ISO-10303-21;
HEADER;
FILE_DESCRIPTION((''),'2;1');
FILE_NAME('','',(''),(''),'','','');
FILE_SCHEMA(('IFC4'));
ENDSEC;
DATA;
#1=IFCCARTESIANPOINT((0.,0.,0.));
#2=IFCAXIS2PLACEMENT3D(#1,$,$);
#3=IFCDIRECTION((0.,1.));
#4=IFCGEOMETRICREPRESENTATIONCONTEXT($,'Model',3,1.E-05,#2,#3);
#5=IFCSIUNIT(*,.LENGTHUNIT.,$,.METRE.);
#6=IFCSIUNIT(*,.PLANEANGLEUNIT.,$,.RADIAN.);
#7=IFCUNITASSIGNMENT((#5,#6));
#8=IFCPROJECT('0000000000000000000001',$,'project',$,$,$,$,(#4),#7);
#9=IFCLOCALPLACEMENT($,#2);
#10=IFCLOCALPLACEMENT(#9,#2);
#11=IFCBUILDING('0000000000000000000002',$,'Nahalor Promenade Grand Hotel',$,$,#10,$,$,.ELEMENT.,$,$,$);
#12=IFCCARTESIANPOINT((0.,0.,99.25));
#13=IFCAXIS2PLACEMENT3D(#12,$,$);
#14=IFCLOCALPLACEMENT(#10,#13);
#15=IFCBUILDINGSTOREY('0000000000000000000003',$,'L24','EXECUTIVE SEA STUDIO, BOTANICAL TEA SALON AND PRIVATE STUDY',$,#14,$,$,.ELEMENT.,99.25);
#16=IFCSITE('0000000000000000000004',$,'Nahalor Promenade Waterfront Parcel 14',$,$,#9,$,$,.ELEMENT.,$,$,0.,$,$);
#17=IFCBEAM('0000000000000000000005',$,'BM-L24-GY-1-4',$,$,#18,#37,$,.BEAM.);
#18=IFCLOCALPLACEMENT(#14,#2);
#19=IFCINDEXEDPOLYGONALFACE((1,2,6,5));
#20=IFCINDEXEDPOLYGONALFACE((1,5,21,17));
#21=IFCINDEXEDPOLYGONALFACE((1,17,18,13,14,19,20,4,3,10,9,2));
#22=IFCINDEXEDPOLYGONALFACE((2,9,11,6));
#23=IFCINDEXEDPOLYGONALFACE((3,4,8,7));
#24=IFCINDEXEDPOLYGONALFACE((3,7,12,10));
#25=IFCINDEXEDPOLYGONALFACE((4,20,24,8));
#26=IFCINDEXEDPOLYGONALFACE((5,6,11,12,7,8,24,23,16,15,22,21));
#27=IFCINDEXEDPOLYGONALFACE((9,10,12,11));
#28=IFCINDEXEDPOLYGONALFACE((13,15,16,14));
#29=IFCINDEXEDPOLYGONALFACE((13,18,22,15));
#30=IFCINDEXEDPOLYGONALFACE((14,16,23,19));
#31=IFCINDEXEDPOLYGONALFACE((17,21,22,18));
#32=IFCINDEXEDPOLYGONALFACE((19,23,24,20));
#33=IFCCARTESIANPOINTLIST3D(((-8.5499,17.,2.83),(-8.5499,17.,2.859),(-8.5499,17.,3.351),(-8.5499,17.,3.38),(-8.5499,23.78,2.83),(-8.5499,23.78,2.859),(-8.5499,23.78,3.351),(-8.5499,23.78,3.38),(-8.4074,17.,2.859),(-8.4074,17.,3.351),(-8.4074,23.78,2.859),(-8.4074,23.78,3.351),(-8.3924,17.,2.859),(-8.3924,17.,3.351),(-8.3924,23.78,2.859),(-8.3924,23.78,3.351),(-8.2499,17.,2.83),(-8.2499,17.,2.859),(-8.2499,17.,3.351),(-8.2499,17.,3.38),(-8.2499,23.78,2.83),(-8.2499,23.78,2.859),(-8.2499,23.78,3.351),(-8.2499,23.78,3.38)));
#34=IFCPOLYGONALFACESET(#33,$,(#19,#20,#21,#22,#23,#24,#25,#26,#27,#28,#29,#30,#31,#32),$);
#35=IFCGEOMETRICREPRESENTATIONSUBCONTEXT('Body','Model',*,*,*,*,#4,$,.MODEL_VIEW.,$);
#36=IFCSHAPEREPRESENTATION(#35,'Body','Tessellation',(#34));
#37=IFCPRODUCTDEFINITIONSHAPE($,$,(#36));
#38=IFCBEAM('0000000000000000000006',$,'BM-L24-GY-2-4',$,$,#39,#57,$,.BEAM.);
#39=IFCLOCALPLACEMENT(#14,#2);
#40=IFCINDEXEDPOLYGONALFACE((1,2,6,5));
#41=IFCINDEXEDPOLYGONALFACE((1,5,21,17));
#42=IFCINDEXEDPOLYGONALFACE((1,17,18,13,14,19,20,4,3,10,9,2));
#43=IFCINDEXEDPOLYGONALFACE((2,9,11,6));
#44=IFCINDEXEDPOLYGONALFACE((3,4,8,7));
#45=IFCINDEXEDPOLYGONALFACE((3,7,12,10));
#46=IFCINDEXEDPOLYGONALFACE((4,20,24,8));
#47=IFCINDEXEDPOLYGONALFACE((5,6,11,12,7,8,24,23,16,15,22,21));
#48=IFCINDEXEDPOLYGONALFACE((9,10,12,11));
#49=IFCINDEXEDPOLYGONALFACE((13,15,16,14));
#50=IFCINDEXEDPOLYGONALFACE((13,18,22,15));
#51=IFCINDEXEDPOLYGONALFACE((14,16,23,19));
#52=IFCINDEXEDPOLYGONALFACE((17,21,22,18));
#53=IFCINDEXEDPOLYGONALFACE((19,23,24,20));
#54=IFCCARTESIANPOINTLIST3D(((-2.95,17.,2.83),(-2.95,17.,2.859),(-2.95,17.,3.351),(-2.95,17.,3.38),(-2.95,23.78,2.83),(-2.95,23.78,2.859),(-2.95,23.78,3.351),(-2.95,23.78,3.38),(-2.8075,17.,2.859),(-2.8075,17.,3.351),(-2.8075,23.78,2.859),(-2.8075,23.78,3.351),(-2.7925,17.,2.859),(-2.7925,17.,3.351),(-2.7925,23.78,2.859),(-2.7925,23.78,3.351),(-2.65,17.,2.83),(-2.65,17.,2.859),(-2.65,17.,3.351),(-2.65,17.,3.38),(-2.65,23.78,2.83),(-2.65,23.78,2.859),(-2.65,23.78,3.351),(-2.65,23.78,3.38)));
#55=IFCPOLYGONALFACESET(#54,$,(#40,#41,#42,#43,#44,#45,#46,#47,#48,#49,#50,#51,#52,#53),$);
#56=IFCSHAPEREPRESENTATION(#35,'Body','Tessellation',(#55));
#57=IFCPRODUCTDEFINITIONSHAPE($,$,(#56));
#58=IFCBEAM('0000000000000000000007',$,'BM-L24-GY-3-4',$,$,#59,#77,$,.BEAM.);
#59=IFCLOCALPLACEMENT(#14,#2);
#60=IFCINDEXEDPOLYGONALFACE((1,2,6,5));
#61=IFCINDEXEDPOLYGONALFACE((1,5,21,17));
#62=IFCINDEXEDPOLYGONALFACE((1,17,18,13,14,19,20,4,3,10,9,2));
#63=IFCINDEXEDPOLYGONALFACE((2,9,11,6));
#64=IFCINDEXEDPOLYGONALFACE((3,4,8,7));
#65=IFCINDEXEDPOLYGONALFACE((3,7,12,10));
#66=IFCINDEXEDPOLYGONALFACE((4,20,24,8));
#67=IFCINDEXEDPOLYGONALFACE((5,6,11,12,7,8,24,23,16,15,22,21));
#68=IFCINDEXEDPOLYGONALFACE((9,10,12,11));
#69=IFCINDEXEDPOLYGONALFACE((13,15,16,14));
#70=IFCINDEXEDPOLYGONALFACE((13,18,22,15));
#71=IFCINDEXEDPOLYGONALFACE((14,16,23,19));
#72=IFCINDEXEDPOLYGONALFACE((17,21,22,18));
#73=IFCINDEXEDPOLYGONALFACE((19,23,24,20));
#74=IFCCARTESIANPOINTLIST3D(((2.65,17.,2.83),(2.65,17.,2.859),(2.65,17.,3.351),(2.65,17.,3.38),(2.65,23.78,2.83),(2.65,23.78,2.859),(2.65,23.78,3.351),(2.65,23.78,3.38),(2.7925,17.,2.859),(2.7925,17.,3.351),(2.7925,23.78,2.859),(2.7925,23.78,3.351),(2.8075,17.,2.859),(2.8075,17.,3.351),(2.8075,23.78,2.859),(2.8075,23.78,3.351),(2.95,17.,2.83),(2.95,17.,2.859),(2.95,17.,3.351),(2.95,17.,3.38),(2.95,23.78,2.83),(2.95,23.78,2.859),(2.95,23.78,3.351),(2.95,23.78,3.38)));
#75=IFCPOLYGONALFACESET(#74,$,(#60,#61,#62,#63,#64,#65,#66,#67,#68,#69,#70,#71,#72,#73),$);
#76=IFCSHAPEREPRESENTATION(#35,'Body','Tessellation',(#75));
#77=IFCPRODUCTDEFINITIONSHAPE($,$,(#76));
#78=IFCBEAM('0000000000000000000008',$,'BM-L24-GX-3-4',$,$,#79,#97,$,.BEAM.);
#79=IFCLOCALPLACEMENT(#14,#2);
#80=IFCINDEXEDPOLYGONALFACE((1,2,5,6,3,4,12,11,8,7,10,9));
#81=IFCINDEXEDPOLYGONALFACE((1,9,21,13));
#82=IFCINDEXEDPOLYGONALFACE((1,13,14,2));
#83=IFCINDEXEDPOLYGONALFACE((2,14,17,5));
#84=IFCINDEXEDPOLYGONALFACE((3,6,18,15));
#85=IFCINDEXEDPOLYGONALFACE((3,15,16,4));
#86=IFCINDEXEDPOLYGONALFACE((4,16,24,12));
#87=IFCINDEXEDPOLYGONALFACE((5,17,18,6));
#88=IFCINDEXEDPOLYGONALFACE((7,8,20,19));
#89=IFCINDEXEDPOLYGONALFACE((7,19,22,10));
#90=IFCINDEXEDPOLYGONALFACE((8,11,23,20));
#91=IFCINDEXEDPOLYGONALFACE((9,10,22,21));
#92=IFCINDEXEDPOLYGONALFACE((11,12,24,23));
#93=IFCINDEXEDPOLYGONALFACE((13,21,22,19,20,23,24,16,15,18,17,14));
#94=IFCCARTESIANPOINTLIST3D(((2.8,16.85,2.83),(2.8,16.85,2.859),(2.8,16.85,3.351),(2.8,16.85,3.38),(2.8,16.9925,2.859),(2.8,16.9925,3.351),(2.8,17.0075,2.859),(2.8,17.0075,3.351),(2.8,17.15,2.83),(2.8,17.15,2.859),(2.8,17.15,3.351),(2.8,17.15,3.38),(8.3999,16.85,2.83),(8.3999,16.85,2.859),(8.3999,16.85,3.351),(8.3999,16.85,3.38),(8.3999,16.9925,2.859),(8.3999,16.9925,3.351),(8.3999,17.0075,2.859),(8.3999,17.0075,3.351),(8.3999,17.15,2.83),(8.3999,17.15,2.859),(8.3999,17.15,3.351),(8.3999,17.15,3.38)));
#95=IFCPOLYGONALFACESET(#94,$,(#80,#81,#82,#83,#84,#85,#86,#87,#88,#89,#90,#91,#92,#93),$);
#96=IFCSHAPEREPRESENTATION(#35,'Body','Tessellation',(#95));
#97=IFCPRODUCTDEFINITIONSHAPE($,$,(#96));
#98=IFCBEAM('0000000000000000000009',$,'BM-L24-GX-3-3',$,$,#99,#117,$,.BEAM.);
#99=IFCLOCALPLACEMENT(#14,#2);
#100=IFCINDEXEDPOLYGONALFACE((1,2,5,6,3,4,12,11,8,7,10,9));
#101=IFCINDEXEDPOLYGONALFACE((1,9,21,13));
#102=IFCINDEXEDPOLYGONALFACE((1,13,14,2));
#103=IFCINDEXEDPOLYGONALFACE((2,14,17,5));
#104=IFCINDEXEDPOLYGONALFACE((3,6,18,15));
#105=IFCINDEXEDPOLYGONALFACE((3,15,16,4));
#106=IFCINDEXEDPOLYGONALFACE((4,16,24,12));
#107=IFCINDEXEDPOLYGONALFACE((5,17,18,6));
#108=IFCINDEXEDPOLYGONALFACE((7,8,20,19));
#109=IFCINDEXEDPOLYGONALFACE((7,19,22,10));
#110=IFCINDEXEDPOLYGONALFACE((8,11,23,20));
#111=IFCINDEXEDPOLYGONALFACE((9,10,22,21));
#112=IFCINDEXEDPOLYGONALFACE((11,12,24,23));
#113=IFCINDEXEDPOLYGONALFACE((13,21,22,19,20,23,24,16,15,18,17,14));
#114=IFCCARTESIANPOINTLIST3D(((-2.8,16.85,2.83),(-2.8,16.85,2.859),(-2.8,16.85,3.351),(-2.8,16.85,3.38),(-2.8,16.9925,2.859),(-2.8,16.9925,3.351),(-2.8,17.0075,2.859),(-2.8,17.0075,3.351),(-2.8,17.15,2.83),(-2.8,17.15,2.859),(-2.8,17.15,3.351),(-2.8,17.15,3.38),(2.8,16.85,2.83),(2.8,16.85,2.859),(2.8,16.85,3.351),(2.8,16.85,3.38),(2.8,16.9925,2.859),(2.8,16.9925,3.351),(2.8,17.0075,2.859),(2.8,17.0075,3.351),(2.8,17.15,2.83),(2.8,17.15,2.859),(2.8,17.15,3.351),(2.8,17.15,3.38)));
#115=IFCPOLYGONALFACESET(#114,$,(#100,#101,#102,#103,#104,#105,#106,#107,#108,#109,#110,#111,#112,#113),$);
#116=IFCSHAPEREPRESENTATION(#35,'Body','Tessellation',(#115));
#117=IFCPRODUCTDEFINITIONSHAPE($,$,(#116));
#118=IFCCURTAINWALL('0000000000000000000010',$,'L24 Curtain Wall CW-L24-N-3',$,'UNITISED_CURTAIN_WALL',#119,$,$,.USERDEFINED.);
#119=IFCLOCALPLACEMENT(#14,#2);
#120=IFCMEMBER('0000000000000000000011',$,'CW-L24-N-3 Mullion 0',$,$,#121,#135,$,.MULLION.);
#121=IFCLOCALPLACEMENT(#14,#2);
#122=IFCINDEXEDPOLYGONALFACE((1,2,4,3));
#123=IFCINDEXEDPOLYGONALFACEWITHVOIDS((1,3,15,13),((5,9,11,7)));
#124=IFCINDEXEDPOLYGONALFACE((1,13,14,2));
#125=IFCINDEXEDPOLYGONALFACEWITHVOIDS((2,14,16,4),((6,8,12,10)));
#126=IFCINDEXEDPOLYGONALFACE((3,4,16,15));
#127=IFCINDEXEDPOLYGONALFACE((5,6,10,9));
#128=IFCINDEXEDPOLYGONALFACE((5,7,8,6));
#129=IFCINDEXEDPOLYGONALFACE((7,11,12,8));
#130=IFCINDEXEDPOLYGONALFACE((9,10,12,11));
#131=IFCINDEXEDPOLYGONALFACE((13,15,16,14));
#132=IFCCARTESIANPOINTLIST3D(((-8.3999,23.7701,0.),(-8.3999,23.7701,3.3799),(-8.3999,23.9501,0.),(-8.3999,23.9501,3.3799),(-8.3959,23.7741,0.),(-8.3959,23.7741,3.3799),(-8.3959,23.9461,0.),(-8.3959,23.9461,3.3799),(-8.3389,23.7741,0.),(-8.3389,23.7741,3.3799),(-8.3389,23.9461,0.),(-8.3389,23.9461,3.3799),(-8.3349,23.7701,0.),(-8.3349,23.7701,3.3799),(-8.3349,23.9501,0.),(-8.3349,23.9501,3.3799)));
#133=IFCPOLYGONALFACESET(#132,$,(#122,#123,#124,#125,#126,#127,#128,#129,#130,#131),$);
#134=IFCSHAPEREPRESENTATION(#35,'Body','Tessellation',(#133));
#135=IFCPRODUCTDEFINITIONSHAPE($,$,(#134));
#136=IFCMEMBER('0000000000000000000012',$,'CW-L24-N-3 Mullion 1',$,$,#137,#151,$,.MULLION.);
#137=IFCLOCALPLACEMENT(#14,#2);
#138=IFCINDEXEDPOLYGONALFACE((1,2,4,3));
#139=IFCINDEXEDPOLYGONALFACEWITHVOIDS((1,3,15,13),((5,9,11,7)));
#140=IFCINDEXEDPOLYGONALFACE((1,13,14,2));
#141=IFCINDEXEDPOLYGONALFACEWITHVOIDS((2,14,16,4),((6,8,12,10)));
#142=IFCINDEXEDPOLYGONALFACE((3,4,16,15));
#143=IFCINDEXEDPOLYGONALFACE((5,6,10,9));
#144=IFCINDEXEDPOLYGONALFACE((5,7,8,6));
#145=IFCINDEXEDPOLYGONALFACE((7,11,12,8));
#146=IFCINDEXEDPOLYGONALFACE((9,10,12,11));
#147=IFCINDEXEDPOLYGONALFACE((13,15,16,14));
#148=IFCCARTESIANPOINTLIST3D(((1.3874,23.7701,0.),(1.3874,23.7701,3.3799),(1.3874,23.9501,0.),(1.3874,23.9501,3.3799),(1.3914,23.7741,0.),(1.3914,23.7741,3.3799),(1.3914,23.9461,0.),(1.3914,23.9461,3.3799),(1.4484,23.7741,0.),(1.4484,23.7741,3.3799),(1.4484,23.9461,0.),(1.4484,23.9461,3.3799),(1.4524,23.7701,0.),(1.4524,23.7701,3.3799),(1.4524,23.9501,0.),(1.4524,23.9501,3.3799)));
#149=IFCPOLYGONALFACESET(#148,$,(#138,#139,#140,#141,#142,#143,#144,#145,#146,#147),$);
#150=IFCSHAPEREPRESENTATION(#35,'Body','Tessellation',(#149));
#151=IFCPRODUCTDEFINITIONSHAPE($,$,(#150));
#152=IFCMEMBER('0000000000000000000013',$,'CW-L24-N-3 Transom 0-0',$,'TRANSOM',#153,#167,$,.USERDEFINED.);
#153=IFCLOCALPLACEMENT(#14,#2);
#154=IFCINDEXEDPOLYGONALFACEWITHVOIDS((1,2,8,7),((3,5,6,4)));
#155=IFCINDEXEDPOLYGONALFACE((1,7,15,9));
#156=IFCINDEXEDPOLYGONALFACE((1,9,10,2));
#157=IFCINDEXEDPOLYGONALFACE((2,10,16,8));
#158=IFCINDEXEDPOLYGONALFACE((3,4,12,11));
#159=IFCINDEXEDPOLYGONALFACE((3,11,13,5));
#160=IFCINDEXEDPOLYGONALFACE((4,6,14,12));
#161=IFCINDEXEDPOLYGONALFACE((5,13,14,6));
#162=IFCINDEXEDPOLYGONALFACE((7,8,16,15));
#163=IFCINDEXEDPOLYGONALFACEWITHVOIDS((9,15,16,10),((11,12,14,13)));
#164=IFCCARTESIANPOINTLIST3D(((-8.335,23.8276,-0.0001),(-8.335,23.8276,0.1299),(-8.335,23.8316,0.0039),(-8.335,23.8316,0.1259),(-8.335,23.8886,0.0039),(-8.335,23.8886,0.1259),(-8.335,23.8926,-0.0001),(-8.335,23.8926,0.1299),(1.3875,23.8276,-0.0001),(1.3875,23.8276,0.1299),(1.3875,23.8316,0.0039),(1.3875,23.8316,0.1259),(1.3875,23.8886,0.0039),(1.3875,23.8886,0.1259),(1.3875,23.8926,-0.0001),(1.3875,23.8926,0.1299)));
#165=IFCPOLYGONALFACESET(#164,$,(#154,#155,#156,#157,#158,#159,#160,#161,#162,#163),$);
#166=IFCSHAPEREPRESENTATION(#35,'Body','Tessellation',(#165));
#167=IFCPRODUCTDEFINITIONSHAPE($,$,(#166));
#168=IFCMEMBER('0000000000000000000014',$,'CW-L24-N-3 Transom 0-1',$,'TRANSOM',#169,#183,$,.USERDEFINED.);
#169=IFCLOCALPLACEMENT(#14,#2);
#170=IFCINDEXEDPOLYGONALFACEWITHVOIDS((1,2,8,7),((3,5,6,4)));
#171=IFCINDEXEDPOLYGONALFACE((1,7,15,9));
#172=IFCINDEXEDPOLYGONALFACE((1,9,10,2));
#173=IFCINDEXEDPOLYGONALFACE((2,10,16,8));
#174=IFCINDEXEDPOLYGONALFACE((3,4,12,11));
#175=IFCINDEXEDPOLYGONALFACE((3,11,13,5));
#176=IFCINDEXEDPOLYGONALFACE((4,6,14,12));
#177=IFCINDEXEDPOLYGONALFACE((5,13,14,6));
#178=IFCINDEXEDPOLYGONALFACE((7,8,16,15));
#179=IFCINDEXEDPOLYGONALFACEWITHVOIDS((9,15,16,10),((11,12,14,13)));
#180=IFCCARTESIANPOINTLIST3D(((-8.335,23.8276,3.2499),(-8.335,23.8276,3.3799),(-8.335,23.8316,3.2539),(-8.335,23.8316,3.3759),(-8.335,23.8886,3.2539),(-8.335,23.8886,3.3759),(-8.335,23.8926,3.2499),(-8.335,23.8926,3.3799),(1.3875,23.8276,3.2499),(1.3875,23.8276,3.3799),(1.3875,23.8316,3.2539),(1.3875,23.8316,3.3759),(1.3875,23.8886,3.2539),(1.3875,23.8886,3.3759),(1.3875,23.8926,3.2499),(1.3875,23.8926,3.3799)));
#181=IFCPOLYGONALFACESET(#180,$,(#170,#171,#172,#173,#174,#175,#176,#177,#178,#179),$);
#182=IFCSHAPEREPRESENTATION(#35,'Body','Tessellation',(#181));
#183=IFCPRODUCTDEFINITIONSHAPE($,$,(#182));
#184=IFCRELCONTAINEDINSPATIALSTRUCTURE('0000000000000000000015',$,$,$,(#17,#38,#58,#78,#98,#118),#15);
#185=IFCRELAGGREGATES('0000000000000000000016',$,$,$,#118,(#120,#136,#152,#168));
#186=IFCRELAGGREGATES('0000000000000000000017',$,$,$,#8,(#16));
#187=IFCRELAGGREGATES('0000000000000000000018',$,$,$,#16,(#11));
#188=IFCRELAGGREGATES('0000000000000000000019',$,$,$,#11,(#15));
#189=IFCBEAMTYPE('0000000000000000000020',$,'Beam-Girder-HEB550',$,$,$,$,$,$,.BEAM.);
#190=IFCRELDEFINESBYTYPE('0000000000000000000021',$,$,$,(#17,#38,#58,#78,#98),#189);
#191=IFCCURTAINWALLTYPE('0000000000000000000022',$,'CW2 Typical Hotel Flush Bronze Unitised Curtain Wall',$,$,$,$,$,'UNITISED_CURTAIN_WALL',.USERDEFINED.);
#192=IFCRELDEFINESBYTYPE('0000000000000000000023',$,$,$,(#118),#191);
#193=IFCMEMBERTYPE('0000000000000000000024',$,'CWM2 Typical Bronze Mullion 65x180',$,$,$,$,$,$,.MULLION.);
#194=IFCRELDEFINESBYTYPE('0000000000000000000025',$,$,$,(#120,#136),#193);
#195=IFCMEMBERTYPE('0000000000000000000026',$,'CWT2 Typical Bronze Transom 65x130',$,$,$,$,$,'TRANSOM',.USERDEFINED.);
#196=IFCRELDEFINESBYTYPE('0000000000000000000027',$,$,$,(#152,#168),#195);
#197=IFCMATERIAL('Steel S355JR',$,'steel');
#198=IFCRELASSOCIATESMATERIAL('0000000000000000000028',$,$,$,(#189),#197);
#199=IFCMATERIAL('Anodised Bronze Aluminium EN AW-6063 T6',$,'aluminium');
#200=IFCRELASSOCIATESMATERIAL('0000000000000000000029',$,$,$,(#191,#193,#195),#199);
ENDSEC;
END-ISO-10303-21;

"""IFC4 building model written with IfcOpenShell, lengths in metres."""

from ifc_helpers import new_model, si_unit, direction, frame, origin, origin_2d, place, context, subcontext, project, spatial, hollow_rectangle, i_section, extrude, source, transform, mapped, material, material_profile, profile_set, type_object, element, aggregate, save


model = new_model("IFC4")

# Units and contexts
model_context = context("Model", 3, precision=1e-05, world=origin(), true_north=direction((0.0, 1.0)))
body_context = subcontext(model_context, "Body", "Model", "MODEL_VIEW")
ifc_project = project(units=[si_unit("LENGTHUNIT", "METRE"), si_unit("PLANEANGLEUNIT", "RADIAN")], contexts=[model_context])

# Site, building, storey
site_placement = place(None, origin())
site = spatial("IfcSite", under=ifc_project, at=site_placement, Name="Nahalor Promenade Waterfront Parcel 14", CompositionType="ELEMENT", RefElevation=0.0)
building_placement = place(site_placement, origin())
building = spatial("IfcBuilding", under=site, at=building_placement, Name="Nahalor Promenade Grand Hotel", CompositionType="ELEMENT")
storey_placement = place(building_placement, frame((0.0, 0.0, 99.25)))
storey = spatial("IfcBuildingStorey", under=building, at=storey_placement, Name="L24", Description="EXECUTIVE SEA STUDIO, BOTANICAL TEA SALON AND PRIVATE STUDY", CompositionType="ELEMENT", Elevation=99.25)

# Beams
ifc_material_1 = material(Name="Steel S355JR", Category="steel")
ifc_material_profile_1 = material_profile(ifc_material_1, i_section(OverallWidth=0.3, OverallDepth=0.55, WebThickness=0.015, FlangeThickness=0.029, at=origin_2d()), Name="HEB 550")
ifc_profile_set_1 = profile_set([ifc_material_profile_1], Name="Steel S355JR")
beam_type_1 = type_object("IfcBeamType", Name="Beam-Girder-HEB550", PredefinedType="BEAM", material=ifc_profile_set_1)
shared_shape_1 = source(origin(), body_context, "Body", "SweptSolid", [
    extrude(i_section(OverallWidth=0.3, OverallDepth=0.55, WebThickness=0.015, FlangeThickness=0.029, at=origin_2d()), origin(), (0.0, 0.0, 1.0), 6.78),
])
for number, where, z_axis, x_axis, name in (
    (1, (-8.3999, 17.0, 3.105), (0.0, 1.0, 0.0), (-1.0, 0.0, 0.0), "BM-L24-GY-1-4"),
    (2, (-2.8, 17.0, 3.105), (0.0, 1.0, 0.0), (-1.0, 0.0, 0.0), "BM-L24-GY-2-4"),
    (3, (2.8, 17.0, 3.105), (0.0, 1.0, 0.0), (-1.0, 0.0, 0.0), "BM-L24-GY-3-4"),
):
    element("IfcBeam", number, at=place(storey_placement, frame(where, z_axis=z_axis, x_axis=x_axis)), inside=storey, type_object=beam_type_1, Name=name, PredefinedType="BEAM", context=body_context, shape_type="MappedRepresentation", body=[
        mapped(shared_shape_1, transform((0.0, 0.0, 0.0), scale=1.0)),
    ])
shared_shape_2 = source(origin(), body_context, "Body", "SweptSolid", [
    extrude(i_section(OverallWidth=0.3, OverallDepth=0.55, WebThickness=0.015, FlangeThickness=0.029, at=origin_2d()), origin(), (0.0, 0.0, 1.0), 5.5999),
])
beam_1_placement = place(storey_placement, frame((2.8, 17.0, 3.105), z_axis=(1.0, 0.0, 0.0), x_axis=(0.0, 1.0, 0.0)))
element("IfcBeam", 4, at=beam_1_placement, inside=storey, type_object=beam_type_1, Name="BM-L24-GX-3-4", PredefinedType="BEAM", context=body_context, shape_type="MappedRepresentation", body=[
    mapped(shared_shape_2, transform((0.0, 0.0, 0.0), scale=1.0)),
])
shared_shape_3 = source(origin(), body_context, "Body", "SweptSolid", [
    extrude(i_section(OverallWidth=0.3, OverallDepth=0.55, WebThickness=0.015, FlangeThickness=0.029, at=origin_2d()), origin(), (0.0, 0.0, 1.0), 5.6001),
])
beam_2_placement = place(storey_placement, frame((-2.8, 17.0, 3.105), z_axis=(1.0, 0.0, 0.0), x_axis=(0.0, 1.0, 0.0)))
element("IfcBeam", 5, at=beam_2_placement, inside=storey, type_object=beam_type_1, Name="BM-L24-GX-3-3", PredefinedType="BEAM", context=body_context, shape_type="MappedRepresentation", body=[
    mapped(shared_shape_3, transform((0.0, 0.0, 0.0), scale=1.0)),
])

# Curtain wall, members
ifc_material_2 = material(Name="Anodised Bronze Aluminium EN AW-6063 T6", Category="aluminium")
curtain_wall_type = type_object("IfcCurtainWallType", Name="CW2 Typical Hotel Flush Bronze Unitised Curtain Wall", ElementType="UNITISED_CURTAIN_WALL", PredefinedType="USERDEFINED", material=ifc_material_2)
curtain_wall_placement = place(storey_placement, origin())
curtain_wall = element("IfcCurtainWall", 6, at=curtain_wall_placement, inside=storey, type_object=curtain_wall_type, Name="L24 Curtain Wall CW-L24-N-3", ObjectType="UNITISED_CURTAIN_WALL", PredefinedType="USERDEFINED")
ifc_material_profile_2 = material_profile(ifc_material_2, hollow_rectangle(XDim=0.065, YDim=0.18, WallThickness=0.004, at=origin_2d()), Name="CWM 65x180x4")
ifc_profile_set_2 = profile_set([ifc_material_profile_2], Name="Anodised Bronze Aluminium EN AW-6063 T6")
member_type_1 = type_object("IfcMemberType", Name="CWM2 Typical Bronze Mullion 65x180", PredefinedType="MULLION", material=ifc_profile_set_2)
shared_shape_4 = source(origin(), body_context, "Body", "SweptSolid", [
    extrude(hollow_rectangle(XDim=0.065, YDim=0.18, WallThickness=0.004, at=origin_2d()), origin(), (0.0, 0.0, 1.0), 3.3799),
])
member_1_placement = place(storey_placement, frame((-8.3674, 23.8601, 0.0), z_axis=(0.0, 0.0, 1.0), x_axis=(1.0, 0.0, 0.0)))
member_1 = element("IfcMember", 7, at=member_1_placement, type_object=member_type_1, Name="CW-L24-N-3 Mullion 0", PredefinedType="MULLION", context=body_context, shape_type="MappedRepresentation", body=[
    mapped(shared_shape_4, transform((0.0, 0.0, 0.0), scale=1.0)),
])
member_2_placement = place(storey_placement, frame((1.4199, 23.8601, 0.0), z_axis=(0.0, 0.0, 1.0), x_axis=(1.0, 0.0, 0.0)))
member_2 = element("IfcMember", 8, at=member_2_placement, type_object=member_type_1, Name="CW-L24-N-3 Mullion 1", PredefinedType="MULLION", context=body_context, shape_type="MappedRepresentation", body=[
    mapped(shared_shape_4, transform((0.0, 0.0, 0.0), scale=1.0)),
])
ifc_material_profile_3 = material_profile(ifc_material_2, hollow_rectangle(XDim=0.065, YDim=0.13, WallThickness=0.004, at=origin_2d()), Name="CWT 65x130x4")
ifc_profile_set_3 = profile_set([ifc_material_profile_3], Name="Anodised Bronze Aluminium EN AW-6063 T6")
member_type_2 = type_object("IfcMemberType", Name="CWT2 Typical Bronze Transom 65x130", ElementType="TRANSOM", PredefinedType="USERDEFINED", material=ifc_profile_set_3)
shared_shape_5 = source(origin(), body_context, "Body", "SweptSolid", [
    extrude(hollow_rectangle(XDim=0.065, YDim=0.13, WallThickness=0.004, at=origin_2d()), origin(), (0.0, 0.0, 1.0), 9.7224),
])
member_3_placement = place(storey_placement, frame((-8.335, 23.8601, 0.0649), z_axis=(1.0, 0.0, 0.0), x_axis=(0.0, 1.0, 0.0)))
member_3 = element("IfcMember", 9, at=member_3_placement, type_object=member_type_2, Name="CW-L24-N-3 Transom 0-0", ObjectType="TRANSOM", PredefinedType="USERDEFINED", context=body_context, shape_type="MappedRepresentation", body=[
    mapped(shared_shape_5, transform((0.0, 0.0, 0.0), scale=1.0)),
])
member_4_placement = place(storey_placement, frame((-8.335, 23.8601, 3.3149), z_axis=(1.0, 0.0, 0.0), x_axis=(0.0, 1.0, 0.0)))
member_4 = element("IfcMember", 10, at=member_4_placement, type_object=member_type_2, Name="CW-L24-N-3 Transom 0-1", ObjectType="TRANSOM", PredefinedType="USERDEFINED", context=body_context, shape_type="MappedRepresentation", body=[
    mapped(shared_shape_5, transform((0.0, 0.0, 0.0), scale=1.0)),
])
aggregate(curtain_wall, [member_1, member_2, member_3, member_4])

save(model, "model.ifc")
